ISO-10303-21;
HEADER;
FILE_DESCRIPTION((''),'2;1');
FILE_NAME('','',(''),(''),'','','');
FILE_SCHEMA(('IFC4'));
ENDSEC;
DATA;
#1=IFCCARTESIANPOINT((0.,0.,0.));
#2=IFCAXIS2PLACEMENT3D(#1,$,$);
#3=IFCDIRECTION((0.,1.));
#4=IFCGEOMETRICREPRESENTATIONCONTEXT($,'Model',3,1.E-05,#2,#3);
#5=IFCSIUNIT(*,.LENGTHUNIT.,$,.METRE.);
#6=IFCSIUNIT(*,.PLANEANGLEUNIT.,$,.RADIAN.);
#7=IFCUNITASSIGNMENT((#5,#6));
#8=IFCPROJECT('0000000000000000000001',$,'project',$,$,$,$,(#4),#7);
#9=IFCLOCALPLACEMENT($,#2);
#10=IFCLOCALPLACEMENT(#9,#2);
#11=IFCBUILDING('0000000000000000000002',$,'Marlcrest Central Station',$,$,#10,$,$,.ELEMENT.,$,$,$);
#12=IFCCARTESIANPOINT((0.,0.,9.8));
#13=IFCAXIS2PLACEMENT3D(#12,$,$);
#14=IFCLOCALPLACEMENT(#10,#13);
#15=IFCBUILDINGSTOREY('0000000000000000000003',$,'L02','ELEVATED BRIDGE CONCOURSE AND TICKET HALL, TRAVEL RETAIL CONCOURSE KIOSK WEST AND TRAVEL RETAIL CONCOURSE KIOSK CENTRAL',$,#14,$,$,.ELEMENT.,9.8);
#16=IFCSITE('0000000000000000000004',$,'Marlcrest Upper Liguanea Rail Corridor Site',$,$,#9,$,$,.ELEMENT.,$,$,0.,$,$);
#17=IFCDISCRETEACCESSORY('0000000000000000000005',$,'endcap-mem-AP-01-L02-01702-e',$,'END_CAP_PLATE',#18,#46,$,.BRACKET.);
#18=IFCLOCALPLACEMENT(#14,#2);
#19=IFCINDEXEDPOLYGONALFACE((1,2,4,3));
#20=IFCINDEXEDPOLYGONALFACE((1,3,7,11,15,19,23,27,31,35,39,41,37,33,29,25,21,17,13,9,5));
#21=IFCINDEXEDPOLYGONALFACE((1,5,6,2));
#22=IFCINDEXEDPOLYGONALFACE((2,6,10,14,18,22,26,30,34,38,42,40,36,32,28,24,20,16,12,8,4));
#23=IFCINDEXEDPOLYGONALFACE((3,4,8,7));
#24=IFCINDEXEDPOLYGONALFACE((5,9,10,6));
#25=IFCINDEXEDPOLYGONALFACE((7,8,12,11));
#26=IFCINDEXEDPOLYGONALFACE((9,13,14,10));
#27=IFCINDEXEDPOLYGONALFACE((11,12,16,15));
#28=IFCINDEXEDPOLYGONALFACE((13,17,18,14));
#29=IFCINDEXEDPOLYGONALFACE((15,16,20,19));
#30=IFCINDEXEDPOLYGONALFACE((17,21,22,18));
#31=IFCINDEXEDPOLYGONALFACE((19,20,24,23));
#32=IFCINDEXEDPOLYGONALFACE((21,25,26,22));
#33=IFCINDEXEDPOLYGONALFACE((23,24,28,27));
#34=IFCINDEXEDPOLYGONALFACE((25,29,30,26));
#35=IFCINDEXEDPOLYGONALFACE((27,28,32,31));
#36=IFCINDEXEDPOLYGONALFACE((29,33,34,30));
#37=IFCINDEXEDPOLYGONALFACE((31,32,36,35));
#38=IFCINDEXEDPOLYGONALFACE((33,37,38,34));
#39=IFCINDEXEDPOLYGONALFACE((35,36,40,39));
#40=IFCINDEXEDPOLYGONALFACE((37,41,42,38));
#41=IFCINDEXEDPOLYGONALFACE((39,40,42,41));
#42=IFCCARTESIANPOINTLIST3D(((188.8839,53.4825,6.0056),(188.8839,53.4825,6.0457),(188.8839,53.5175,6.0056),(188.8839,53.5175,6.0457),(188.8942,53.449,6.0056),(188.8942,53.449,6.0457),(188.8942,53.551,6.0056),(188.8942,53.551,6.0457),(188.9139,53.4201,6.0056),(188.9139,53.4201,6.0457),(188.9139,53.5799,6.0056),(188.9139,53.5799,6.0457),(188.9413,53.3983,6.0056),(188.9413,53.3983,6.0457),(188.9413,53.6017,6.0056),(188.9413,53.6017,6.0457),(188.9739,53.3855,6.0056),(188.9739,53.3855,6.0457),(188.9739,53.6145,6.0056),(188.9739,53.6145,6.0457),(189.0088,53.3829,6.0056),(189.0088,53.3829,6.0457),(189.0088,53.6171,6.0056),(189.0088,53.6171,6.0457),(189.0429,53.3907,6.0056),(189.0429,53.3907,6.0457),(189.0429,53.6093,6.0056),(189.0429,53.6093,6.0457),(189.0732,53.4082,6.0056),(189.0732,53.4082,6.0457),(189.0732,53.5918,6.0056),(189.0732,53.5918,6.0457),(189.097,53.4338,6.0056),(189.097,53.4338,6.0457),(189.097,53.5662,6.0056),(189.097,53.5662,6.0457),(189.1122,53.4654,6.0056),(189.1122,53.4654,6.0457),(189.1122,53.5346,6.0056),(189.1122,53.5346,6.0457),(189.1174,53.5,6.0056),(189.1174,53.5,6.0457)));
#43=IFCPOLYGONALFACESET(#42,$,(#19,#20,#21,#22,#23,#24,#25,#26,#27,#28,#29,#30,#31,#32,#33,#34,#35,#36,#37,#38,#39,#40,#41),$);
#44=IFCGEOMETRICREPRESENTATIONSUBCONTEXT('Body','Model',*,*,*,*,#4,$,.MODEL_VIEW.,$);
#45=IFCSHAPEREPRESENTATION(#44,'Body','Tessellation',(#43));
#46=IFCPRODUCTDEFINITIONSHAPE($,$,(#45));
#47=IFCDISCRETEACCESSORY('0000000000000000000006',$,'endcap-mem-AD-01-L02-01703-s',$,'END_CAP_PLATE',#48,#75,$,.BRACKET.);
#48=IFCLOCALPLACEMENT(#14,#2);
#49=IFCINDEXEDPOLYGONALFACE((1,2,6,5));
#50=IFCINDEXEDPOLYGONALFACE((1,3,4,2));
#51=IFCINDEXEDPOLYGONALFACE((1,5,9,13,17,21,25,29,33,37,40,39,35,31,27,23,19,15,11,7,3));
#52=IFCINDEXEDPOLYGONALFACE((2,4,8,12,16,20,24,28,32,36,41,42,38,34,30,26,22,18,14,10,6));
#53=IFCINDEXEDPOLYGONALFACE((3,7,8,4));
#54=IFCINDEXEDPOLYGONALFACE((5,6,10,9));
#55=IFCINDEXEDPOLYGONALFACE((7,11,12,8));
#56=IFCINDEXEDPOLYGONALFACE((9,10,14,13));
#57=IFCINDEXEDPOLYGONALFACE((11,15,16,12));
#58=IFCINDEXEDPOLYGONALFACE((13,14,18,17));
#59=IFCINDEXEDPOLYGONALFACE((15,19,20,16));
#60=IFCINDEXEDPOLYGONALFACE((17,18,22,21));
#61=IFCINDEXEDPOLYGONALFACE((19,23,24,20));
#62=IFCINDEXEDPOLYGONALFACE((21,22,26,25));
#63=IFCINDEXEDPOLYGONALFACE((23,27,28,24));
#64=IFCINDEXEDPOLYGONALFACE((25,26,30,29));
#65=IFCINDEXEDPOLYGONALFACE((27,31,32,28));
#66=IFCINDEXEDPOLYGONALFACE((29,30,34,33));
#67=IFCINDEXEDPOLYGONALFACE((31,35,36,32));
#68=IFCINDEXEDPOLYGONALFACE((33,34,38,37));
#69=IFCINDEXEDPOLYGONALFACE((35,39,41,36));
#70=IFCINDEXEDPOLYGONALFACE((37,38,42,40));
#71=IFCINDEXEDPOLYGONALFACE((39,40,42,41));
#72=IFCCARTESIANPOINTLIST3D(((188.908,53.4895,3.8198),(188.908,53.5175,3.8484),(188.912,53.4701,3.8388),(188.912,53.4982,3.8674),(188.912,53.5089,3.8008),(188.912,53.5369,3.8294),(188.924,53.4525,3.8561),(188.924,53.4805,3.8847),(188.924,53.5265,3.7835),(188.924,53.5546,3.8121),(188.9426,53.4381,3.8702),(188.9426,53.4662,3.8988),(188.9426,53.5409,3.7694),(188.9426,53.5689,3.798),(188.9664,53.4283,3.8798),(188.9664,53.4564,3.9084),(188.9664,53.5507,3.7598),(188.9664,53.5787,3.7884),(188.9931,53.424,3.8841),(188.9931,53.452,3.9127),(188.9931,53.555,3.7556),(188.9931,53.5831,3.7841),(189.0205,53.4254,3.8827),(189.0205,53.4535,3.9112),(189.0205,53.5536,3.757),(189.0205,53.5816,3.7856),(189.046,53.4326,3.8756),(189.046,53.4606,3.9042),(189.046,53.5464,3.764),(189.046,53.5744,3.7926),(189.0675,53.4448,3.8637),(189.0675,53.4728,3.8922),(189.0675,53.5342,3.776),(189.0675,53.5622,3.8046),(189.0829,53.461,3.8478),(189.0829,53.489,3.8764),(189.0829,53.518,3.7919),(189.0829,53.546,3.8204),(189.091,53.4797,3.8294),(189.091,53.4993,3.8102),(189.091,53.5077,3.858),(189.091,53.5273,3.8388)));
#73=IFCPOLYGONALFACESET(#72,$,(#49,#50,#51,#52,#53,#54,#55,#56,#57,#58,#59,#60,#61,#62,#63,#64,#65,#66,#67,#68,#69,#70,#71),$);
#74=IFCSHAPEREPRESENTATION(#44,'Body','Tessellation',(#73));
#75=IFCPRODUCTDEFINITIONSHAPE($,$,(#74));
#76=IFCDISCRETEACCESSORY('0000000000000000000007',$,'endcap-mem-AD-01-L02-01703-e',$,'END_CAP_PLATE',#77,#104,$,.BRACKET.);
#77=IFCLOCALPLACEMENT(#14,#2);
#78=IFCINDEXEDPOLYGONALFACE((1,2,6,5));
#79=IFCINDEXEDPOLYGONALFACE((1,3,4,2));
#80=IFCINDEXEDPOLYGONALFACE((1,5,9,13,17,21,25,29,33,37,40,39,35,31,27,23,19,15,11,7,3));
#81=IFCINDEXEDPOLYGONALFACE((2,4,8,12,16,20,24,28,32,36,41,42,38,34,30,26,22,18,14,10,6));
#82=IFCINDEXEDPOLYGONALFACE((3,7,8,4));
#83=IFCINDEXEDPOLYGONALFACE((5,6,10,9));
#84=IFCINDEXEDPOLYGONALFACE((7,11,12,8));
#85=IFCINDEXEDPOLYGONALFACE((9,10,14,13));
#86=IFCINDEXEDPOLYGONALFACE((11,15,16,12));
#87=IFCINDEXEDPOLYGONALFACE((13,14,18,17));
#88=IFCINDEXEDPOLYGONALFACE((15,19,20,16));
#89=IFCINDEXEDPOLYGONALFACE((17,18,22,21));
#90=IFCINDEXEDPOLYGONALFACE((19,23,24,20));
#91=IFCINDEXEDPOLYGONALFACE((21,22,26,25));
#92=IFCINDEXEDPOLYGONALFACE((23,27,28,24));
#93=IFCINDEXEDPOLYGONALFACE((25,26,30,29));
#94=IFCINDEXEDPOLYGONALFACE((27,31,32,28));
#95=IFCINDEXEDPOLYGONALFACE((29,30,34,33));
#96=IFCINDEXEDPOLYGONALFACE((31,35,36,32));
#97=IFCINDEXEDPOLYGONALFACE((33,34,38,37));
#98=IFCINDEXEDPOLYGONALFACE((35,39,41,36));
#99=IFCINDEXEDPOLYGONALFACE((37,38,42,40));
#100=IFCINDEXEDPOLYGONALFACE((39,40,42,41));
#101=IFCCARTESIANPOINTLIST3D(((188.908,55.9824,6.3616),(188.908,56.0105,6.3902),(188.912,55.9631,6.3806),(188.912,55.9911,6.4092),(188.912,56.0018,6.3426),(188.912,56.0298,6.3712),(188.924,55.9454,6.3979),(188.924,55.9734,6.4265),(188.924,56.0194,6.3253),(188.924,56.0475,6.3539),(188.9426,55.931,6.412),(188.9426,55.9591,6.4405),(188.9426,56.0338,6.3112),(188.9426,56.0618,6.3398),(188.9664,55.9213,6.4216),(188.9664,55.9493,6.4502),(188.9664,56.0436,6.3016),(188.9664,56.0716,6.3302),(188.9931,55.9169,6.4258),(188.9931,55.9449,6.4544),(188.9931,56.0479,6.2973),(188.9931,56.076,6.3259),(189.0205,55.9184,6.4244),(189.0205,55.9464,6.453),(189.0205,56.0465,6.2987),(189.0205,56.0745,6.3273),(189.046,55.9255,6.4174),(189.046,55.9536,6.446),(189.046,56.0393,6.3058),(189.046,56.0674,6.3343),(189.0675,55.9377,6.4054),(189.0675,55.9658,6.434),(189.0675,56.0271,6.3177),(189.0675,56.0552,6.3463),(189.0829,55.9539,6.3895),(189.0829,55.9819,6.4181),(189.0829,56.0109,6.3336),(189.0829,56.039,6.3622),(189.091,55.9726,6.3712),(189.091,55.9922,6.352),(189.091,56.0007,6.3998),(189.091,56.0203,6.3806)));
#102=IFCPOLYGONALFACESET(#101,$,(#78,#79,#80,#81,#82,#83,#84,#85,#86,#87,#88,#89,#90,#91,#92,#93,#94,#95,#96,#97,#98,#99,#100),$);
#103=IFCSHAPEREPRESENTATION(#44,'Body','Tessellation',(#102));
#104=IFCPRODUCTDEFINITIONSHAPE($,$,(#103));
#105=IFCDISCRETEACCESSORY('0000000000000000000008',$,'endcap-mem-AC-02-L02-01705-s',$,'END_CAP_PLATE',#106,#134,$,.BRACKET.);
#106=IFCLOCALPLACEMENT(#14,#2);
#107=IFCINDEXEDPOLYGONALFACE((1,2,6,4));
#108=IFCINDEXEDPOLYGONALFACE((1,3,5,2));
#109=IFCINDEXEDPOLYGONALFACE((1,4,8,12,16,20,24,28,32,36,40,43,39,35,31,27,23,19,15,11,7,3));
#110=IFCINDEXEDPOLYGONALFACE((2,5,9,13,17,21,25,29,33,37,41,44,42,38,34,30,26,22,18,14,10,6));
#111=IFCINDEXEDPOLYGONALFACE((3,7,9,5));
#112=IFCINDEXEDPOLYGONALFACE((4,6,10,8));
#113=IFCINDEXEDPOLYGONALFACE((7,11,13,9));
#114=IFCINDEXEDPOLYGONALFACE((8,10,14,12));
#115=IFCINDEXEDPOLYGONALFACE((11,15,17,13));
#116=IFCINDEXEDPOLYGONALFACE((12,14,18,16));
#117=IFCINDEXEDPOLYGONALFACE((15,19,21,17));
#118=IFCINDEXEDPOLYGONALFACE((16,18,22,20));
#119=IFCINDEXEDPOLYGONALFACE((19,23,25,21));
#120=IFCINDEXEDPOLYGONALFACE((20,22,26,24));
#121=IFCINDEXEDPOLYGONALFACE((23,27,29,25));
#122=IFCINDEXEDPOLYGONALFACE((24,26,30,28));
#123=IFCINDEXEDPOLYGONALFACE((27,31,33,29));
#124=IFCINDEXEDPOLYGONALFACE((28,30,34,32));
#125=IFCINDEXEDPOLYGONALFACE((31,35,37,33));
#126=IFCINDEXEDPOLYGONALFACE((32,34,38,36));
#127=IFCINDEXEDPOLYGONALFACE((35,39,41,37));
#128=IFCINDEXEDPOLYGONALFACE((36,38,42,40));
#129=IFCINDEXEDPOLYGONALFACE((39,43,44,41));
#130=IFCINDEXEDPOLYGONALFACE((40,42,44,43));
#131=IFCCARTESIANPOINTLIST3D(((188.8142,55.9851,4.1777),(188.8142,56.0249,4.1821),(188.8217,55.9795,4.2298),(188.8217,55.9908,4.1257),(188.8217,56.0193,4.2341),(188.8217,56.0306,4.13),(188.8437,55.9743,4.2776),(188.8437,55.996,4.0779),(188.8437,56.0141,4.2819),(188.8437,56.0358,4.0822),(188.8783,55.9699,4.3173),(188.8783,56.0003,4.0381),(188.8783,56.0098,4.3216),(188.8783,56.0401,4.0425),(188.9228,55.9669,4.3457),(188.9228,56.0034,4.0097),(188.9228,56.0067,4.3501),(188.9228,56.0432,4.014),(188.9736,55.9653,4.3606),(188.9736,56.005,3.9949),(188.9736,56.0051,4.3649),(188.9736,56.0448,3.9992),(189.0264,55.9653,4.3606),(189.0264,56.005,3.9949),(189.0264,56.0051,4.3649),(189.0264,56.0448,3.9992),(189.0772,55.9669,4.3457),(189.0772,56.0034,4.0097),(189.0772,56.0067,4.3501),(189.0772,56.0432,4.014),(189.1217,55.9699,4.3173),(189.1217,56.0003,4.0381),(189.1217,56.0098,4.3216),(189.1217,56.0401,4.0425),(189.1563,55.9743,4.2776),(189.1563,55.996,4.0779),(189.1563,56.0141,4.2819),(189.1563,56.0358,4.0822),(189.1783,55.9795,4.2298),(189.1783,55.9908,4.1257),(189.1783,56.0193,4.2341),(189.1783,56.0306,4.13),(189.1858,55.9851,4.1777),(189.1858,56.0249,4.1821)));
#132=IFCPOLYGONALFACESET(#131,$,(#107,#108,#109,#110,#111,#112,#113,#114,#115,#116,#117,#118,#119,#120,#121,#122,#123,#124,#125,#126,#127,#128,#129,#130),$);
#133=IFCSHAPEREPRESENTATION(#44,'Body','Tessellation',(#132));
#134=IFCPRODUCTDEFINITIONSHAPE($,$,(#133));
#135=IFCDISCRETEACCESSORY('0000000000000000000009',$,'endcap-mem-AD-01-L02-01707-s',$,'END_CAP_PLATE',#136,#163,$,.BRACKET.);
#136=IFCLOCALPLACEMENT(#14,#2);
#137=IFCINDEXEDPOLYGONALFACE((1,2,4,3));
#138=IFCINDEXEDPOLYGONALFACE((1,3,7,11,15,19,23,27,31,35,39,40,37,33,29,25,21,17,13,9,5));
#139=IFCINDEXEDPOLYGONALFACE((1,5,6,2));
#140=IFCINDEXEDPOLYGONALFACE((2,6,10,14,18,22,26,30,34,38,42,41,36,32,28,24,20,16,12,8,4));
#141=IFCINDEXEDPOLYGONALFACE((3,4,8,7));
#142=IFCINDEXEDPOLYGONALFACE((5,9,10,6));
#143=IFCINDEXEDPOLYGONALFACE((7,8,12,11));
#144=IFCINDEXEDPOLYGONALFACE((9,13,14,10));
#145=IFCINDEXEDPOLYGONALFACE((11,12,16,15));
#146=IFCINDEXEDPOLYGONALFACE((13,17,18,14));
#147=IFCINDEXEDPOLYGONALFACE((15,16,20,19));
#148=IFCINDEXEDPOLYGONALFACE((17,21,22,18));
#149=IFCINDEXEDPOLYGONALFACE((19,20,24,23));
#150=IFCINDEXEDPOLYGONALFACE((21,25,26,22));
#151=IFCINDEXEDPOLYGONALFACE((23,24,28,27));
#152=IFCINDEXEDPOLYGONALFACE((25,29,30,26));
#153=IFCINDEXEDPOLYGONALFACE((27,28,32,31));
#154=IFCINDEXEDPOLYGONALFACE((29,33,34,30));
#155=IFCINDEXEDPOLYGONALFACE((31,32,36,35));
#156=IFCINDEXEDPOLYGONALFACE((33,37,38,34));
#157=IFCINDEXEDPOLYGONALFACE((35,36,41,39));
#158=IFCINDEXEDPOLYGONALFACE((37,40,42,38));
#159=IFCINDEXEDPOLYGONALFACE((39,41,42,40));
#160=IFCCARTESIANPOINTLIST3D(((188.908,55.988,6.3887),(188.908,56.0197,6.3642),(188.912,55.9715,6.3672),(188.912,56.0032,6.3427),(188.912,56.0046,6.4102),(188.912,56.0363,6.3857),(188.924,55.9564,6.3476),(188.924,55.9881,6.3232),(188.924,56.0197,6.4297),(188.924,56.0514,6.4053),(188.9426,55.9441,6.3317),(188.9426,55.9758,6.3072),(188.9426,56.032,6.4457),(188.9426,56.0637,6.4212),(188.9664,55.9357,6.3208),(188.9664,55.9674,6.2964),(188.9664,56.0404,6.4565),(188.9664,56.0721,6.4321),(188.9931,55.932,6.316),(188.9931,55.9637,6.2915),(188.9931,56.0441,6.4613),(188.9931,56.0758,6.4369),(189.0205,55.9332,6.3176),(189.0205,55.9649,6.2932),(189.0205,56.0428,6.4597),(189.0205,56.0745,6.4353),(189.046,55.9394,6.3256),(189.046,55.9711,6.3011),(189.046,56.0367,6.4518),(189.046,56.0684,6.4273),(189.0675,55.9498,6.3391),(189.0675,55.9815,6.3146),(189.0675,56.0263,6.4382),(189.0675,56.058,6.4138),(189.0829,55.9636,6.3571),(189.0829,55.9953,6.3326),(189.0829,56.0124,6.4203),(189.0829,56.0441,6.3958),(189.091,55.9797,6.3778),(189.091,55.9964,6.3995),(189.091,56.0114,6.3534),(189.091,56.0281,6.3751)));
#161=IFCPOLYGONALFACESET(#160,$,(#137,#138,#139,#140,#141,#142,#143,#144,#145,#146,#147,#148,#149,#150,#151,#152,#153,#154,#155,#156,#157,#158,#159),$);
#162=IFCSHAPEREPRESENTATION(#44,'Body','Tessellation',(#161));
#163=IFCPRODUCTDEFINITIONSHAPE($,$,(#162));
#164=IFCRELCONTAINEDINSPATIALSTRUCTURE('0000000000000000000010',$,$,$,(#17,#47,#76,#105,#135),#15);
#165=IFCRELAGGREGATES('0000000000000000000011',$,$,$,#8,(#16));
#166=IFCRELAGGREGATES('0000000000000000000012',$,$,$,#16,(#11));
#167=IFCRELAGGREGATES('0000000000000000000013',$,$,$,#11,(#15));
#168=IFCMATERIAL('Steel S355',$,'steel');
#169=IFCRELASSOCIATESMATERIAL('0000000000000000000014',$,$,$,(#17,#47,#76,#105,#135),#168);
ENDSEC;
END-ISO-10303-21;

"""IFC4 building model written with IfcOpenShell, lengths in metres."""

from ifc_helpers import new_model, si_unit, direction, frame, origin, origin_2d, place, context, subcontext, project, spatial, circle, extrude, material, element, save


model = new_model("IFC4")

# Units and contexts
model_context = context("Model", 3, precision=1e-05, world=origin(), true_north=direction((0.0, 1.0)))
body_context = subcontext(model_context, "Body", "Model", "MODEL_VIEW")
ifc_project = project(units=[si_unit("LENGTHUNIT", "METRE"), si_unit("PLANEANGLEUNIT", "RADIAN")], contexts=[model_context])

# Site, building, storey
site_placement = place(None, origin())
site = spatial("IfcSite", under=ifc_project, at=site_placement, Name="Marlcrest Upper Liguanea Rail Corridor Site", CompositionType="ELEMENT", RefElevation=0.0)
building_placement = place(site_placement, origin())
building = spatial("IfcBuilding", under=site, at=building_placement, Name="Marlcrest Central Station", CompositionType="ELEMENT")
storey_placement = place(building_placement, frame((0.0, 0.0, 9.8)))
storey = spatial("IfcBuildingStorey", under=building, at=storey_placement, Name="L02", Description="ELEVATED BRIDGE CONCOURSE AND TICKET HALL, TRAVEL RETAIL CONCOURSE KIOSK WEST AND TRAVEL RETAIL CONCOURSE KIOSK CENTRAL", CompositionType="ELEMENT", Elevation=9.8)

# Shared definitions
ifc_material = material(Name="Steel S355", Category="steel")

# Discrete accessories
for number, where, z_axis, x_axis, name in (
    (1, (189.0, 53.5, 6.0056), (0.0, 0.0, 1.0), (1.0, 0.0, 0.0), "endcap-mem-AP-01-L02-01702-e"),
):
    element("IfcDiscreteAccessory", number, at=place(storey_placement, frame(where, z_axis=z_axis, x_axis=x_axis)), inside=storey, material=ifc_material, Name=name, ObjectType="END_CAP_PLATE", PredefinedType="BRACKET", context=body_context, shape_type="SweptSolid", body=[
        extrude(circle(Radius=0.1174, at=origin_2d()), origin(), (0.0, 0.0, 1.0), 0.04),
    ])
for number, where, z_axis, x_axis, name in (
    (2, (189.0, 53.4895, 3.8198), (0.0, 0.700235, 0.713912), (-1.0, 0.0, 0.0), "endcap-mem-AD-01-L02-01703-s"),
    (3, (189.0, 55.9824, 6.3616), (0.0, 0.700235, 0.713912), (-1.0, 0.0, 0.0), "endcap-mem-AD-01-L02-01703-e"),
):
    element("IfcDiscreteAccessory", number, at=place(storey_placement, frame(where, z_axis=z_axis, x_axis=x_axis)), inside=storey, material=ifc_material, Name=name, ObjectType="END_CAP_PLATE", PredefinedType="BRACKET", context=body_context, shape_type="SweptSolid", body=[
        extrude(circle(Radius=0.092, at=origin_2d()), origin(), (0.0, 0.0, 1.0), 0.04),
    ])
discrete_accessory_1_placement = place(storey_placement, frame((189.0, 55.9851, 4.1777), z_axis=(0.0, 0.994155, 0.107959), x_axis=(-1.0, 0.0, 0.0)))
element("IfcDiscreteAccessory", 4, at=discrete_accessory_1_placement, inside=storey, material=ifc_material, Name="endcap-mem-AC-02-L02-01705-s", ObjectType="END_CAP_PLATE", PredefinedType="BRACKET", context=body_context, shape_type="SweptSolid", body=[
    extrude(circle(Radius=0.1858, at=origin_2d()), origin(), (0.0, 0.0, 1.0), 0.04),
])
discrete_accessory_2_placement = place(storey_placement, frame((189.0, 55.988, 6.3887), z_axis=(0.0, 0.791798, -0.610783), x_axis=(-1.0, 0.0, 0.0)))
element("IfcDiscreteAccessory", 5, at=discrete_accessory_2_placement, inside=storey, material=ifc_material, Name="endcap-mem-AD-01-L02-01707-s", ObjectType="END_CAP_PLATE", PredefinedType="BRACKET", context=body_context, shape_type="SweptSolid", body=[
    extrude(circle(Radius=0.092, at=origin_2d()), origin(), (0.0, 0.0, 1.0), 0.04),
])

save(model, "model.ifc")
